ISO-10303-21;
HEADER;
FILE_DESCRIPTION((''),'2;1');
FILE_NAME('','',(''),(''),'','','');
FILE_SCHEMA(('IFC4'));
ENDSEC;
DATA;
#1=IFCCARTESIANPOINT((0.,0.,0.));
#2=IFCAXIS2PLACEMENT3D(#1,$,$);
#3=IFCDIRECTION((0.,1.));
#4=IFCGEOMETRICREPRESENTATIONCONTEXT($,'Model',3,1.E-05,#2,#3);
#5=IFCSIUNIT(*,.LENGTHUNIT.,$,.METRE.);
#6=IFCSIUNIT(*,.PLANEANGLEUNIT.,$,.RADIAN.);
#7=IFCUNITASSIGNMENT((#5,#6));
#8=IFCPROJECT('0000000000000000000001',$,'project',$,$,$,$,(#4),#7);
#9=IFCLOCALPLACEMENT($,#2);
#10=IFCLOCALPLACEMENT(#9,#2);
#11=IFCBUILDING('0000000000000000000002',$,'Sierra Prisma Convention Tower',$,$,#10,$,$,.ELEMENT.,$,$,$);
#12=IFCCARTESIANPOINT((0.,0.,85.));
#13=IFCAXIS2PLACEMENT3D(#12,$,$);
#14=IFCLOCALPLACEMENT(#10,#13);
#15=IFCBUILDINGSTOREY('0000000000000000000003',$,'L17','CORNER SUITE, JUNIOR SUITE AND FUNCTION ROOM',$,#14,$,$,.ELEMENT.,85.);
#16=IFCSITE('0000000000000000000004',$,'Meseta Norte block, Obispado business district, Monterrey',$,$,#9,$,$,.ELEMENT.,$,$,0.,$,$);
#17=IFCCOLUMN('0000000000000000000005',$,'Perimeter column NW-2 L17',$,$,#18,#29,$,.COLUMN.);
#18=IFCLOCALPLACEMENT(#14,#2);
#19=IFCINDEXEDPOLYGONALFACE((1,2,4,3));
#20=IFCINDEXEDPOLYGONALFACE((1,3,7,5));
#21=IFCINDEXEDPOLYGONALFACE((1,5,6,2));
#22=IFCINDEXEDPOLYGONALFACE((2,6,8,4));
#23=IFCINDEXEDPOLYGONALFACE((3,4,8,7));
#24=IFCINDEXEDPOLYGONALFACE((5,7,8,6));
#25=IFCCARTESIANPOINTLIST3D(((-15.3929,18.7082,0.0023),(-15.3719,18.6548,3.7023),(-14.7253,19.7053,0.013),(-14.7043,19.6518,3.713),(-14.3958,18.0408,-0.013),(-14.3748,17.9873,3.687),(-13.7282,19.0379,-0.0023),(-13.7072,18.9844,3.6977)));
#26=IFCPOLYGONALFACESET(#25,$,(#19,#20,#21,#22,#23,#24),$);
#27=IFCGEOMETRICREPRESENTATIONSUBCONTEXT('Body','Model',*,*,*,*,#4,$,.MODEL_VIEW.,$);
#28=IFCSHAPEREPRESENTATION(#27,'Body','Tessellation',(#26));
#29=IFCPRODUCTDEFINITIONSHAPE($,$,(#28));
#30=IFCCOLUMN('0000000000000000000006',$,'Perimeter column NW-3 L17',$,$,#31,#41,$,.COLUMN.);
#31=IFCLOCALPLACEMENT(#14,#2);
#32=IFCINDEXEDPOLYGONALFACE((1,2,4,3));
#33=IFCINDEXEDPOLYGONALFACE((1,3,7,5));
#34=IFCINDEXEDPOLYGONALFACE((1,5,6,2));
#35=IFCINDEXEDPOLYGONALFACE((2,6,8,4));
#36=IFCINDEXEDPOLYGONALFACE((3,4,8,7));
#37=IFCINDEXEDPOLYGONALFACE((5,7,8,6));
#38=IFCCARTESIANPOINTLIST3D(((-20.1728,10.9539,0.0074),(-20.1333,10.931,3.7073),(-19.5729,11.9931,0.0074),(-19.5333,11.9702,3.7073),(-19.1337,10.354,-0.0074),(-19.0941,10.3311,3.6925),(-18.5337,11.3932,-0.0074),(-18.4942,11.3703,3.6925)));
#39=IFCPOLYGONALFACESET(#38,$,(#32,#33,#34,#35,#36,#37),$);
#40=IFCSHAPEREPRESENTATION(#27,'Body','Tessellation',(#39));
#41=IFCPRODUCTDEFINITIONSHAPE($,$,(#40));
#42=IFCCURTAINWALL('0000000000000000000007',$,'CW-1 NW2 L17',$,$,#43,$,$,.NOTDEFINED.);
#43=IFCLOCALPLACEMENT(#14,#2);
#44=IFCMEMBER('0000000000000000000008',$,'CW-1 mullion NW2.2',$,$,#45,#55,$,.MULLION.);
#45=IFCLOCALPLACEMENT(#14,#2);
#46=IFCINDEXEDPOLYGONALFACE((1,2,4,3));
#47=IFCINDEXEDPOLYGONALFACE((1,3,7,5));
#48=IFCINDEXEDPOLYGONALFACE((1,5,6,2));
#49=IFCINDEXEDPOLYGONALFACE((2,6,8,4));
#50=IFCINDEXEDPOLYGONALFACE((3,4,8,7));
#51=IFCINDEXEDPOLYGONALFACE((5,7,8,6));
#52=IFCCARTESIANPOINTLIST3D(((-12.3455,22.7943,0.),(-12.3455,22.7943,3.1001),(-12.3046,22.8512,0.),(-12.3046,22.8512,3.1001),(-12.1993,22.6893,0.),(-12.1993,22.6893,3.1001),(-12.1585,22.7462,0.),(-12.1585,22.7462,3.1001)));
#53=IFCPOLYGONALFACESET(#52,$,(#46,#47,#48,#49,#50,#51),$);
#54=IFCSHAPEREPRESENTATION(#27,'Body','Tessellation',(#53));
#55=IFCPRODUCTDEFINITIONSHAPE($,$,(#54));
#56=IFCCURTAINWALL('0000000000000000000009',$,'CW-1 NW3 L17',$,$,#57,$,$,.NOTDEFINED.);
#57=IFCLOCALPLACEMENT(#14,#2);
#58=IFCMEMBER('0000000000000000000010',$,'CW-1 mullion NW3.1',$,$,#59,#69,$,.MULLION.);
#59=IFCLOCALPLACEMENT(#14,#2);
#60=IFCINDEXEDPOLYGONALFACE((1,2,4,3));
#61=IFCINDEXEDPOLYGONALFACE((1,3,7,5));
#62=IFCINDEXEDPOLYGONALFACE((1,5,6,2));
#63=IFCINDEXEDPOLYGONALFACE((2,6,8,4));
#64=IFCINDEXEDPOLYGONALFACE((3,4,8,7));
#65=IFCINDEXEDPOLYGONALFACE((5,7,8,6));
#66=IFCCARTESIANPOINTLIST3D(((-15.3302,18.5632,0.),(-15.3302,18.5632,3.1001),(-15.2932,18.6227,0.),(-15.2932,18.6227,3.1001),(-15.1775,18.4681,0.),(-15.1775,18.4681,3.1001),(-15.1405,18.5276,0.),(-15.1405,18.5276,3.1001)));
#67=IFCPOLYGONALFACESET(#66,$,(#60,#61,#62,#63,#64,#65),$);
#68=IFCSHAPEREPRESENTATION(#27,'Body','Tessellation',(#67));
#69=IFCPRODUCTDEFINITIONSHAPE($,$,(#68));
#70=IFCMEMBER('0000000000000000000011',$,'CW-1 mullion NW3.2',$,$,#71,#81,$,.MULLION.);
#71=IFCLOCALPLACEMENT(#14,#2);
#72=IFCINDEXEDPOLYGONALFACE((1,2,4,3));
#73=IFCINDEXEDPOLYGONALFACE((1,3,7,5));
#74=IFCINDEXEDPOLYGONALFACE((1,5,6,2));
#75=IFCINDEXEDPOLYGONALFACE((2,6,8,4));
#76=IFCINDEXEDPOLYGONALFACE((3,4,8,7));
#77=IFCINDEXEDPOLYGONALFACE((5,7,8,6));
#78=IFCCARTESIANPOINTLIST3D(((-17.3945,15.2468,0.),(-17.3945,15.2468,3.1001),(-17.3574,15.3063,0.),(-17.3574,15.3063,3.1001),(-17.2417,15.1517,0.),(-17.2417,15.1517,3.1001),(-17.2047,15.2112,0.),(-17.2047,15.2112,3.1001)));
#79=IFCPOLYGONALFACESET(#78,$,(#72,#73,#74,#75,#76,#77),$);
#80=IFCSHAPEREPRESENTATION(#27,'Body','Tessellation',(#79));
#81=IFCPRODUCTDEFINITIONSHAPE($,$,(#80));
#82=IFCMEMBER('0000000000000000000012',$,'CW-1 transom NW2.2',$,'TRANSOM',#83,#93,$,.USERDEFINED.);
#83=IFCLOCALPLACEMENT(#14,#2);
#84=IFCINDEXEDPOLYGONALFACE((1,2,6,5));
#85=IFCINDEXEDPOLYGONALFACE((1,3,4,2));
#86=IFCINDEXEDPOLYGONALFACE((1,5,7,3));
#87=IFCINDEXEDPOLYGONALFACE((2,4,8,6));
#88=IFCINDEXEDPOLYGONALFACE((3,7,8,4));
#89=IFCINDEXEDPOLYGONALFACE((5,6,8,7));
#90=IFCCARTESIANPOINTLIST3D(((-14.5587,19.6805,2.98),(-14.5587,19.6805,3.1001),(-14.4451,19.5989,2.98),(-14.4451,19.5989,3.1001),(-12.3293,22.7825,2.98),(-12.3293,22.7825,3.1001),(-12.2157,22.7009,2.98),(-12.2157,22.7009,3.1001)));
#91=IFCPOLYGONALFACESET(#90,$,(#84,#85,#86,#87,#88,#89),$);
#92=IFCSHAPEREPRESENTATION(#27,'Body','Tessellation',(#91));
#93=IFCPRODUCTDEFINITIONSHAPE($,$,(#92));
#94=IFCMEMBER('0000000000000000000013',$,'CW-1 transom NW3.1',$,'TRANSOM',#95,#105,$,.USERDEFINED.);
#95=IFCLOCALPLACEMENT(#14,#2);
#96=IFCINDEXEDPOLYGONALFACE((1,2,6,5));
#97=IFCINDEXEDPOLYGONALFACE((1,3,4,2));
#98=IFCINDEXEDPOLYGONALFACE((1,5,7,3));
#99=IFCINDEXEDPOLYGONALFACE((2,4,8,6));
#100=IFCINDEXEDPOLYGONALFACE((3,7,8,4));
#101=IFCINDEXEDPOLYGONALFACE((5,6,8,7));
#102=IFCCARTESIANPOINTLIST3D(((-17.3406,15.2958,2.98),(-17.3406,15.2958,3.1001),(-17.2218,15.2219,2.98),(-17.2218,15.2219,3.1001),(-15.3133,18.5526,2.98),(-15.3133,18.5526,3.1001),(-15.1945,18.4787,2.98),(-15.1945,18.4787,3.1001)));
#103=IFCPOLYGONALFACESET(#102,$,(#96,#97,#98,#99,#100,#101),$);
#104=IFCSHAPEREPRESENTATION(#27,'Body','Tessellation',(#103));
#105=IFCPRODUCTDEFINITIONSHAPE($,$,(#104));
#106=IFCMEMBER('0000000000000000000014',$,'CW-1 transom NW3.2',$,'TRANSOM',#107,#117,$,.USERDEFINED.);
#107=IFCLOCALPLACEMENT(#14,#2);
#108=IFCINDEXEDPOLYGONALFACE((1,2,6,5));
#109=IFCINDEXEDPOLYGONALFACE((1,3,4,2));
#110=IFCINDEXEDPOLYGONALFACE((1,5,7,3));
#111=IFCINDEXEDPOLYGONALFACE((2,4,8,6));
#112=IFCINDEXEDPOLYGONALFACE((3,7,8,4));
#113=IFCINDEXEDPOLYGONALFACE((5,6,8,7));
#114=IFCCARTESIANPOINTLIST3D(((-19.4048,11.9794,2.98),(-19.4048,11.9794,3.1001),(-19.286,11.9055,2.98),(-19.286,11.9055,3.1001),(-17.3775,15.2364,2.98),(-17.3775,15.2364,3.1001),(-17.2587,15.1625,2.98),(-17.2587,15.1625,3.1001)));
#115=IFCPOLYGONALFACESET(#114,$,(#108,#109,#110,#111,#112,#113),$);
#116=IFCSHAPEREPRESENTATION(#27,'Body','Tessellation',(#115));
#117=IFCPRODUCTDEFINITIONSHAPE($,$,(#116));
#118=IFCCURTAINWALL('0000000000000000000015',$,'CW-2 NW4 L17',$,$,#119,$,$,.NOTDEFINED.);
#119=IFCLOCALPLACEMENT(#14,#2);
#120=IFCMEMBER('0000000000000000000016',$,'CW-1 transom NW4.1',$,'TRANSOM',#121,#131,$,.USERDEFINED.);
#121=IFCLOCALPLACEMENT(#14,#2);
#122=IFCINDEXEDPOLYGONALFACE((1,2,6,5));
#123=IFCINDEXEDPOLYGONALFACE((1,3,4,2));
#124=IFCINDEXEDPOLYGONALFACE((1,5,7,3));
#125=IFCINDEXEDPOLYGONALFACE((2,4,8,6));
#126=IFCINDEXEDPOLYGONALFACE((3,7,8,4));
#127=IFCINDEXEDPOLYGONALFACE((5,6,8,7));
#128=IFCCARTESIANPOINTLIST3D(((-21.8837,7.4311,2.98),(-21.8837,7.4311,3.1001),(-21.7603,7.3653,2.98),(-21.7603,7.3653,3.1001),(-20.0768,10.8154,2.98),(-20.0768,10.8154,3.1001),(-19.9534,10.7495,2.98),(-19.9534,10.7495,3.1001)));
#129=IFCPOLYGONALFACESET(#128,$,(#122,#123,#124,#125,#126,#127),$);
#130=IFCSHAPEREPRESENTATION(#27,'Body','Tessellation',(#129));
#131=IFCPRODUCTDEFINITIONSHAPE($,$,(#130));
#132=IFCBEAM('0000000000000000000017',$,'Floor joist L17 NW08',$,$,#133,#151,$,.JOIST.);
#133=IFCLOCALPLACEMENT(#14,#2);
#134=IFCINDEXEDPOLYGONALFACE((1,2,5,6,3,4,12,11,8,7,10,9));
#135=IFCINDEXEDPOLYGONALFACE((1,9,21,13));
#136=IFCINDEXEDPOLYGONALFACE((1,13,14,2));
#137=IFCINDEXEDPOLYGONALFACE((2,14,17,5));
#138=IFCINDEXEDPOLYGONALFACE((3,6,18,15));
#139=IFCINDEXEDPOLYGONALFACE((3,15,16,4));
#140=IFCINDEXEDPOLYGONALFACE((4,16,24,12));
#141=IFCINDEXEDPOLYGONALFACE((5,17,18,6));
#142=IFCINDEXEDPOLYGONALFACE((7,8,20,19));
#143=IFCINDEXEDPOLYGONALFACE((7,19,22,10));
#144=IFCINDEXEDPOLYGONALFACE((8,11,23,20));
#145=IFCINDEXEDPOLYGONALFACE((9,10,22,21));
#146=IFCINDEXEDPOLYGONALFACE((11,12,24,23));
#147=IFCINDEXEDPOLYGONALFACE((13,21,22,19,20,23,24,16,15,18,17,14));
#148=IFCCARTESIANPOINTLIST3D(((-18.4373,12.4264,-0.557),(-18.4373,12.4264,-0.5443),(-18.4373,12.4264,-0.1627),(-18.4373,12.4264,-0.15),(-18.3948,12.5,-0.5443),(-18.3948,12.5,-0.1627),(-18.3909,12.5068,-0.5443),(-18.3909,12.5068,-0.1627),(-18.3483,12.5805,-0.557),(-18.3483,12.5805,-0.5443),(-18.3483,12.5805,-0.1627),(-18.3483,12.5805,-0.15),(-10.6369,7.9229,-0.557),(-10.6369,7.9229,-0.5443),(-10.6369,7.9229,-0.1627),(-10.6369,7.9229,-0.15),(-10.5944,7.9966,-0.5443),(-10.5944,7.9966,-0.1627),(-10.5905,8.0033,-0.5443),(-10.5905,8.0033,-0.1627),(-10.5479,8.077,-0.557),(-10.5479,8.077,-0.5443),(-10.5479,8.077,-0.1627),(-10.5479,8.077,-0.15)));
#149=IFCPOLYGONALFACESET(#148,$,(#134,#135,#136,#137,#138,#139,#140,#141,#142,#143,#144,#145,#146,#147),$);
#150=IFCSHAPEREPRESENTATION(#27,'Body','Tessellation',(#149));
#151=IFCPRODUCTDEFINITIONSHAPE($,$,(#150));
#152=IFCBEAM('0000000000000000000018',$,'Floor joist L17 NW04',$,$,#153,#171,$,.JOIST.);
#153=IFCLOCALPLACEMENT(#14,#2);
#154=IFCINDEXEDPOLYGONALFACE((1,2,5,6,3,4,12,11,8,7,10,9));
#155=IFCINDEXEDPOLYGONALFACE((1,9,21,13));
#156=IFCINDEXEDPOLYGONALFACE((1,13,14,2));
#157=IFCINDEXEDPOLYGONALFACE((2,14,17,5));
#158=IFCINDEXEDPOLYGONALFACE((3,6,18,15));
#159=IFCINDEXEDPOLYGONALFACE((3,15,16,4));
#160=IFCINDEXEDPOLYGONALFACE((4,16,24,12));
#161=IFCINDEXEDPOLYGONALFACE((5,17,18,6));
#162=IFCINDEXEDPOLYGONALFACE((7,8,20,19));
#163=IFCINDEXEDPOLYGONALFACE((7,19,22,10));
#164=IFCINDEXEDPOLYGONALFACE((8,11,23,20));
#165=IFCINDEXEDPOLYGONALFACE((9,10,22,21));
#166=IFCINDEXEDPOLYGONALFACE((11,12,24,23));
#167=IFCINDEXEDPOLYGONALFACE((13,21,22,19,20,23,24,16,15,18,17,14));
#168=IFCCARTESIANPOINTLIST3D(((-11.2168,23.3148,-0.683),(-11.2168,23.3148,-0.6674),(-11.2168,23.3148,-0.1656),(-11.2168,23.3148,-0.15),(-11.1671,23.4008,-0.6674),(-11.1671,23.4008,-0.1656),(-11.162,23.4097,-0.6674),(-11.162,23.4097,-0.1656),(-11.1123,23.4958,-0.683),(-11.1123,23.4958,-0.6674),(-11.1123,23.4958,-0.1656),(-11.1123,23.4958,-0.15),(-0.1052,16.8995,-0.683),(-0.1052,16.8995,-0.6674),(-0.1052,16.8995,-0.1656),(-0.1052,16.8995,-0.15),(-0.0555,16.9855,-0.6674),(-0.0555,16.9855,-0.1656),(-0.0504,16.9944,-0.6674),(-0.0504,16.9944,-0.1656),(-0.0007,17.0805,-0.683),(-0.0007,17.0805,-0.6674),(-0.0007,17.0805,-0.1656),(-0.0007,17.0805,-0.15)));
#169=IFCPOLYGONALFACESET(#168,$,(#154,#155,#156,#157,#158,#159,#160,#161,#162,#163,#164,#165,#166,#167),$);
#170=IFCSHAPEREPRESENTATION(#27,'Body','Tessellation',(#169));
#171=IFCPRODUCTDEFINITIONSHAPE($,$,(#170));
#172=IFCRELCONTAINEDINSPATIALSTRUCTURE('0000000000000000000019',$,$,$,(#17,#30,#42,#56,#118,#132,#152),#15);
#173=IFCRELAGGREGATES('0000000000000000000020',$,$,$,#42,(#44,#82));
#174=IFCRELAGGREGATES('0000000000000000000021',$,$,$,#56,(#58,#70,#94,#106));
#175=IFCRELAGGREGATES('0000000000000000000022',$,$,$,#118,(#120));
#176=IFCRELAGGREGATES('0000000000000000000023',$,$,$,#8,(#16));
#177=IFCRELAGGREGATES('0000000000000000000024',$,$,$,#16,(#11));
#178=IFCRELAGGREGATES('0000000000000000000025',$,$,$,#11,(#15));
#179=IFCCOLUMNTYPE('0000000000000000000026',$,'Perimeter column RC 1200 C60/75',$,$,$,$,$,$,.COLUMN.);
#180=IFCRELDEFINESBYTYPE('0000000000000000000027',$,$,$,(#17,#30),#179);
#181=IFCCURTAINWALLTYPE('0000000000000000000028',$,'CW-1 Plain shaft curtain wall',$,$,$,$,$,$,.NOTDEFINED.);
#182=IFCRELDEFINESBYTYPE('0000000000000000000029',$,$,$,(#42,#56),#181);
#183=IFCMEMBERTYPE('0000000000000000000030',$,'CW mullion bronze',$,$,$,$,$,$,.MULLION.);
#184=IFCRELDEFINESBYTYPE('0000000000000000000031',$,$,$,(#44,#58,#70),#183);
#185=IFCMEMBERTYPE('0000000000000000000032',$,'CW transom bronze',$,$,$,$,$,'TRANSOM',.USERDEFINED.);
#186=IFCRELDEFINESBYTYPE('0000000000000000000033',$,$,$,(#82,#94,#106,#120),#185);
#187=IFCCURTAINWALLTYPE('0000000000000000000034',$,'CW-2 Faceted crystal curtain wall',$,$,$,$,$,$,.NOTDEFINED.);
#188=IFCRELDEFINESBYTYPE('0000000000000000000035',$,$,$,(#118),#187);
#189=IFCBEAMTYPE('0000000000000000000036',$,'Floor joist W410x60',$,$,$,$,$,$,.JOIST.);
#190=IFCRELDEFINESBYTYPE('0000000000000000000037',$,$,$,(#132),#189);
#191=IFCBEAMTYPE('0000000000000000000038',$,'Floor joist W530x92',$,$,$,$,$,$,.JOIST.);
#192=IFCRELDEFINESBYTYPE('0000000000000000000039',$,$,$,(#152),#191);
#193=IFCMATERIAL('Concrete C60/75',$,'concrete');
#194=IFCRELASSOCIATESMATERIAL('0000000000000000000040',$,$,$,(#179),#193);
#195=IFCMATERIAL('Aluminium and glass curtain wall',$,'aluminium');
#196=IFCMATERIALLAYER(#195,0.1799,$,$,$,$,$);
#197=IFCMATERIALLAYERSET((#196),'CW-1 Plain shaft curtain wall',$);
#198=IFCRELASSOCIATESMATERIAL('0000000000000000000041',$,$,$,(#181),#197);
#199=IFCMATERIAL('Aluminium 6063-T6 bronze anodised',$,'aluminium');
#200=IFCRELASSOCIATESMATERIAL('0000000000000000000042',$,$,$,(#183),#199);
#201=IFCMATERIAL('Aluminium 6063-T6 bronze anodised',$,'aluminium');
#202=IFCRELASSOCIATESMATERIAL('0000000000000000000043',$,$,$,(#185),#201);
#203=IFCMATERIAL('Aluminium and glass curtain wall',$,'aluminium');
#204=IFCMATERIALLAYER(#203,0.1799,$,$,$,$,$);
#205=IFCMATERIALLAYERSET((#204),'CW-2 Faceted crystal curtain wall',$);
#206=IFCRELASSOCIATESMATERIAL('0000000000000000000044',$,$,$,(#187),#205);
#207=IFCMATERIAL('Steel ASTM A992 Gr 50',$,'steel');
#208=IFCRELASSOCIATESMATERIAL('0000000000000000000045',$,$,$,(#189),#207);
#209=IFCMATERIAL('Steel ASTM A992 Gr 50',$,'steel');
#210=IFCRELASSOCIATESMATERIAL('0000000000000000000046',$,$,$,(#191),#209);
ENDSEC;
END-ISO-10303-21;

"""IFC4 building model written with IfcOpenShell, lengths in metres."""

from ifc_helpers import new_model, si_unit, direction, frame, origin, origin_2d, place, context, subcontext, project, spatial, rectangle, i_section, extrude, material, layer, layer_set, material_profile, profile_set, type_object, element, aggregate, save


model = new_model("IFC4")

# Units and contexts
model_context = context("Model", 3, precision=1e-05, world=origin(), true_north=direction((0.0, 1.0)))
body_context = subcontext(model_context, "Body", "Model", "MODEL_VIEW")
ifc_project = project(units=[si_unit("LENGTHUNIT", "METRE"), si_unit("PLANEANGLEUNIT", "RADIAN")], contexts=[model_context])

# Site, building, storey
site_placement = place(None, origin())
site = spatial("IfcSite", under=ifc_project, at=site_placement, Name="Meseta Norte block, Obispado business district, Monterrey", CompositionType="ELEMENT", RefElevation=0.0)
building_placement = place(site_placement, origin())
building = spatial("IfcBuilding", under=site, at=building_placement, Name="Sierra Prisma Convention Tower", CompositionType="ELEMENT")
storey_placement = place(building_placement, frame((0.0, 0.0, 85.0)))
storey = spatial("IfcBuildingStorey", under=building, at=storey_placement, Name="L17", Description="CORNER SUITE, JUNIOR SUITE AND FUNCTION ROOM", CompositionType="ELEMENT", Elevation=85.0)

# Columns
ifc_material_1 = material(Name="Concrete C60/75", Category="concrete")
ifc_material_profile_1 = material_profile(ifc_material_1, rectangle(XDim=1.2, YDim=1.2, at=origin_2d()), Name="Perimeter column RC 1200 C60/75")
ifc_profile_set_1 = profile_set([ifc_material_profile_1], Name="Concrete C60/75")
column_type = type_object("IfcColumnType", Name="Perimeter column RC 1200 C60/75", PredefinedType="COLUMN", material=ifc_profile_set_1)
column_1_placement = place(storey_placement, frame((-14.5605, 18.873, 0.0), z_axis=(0.005674, -0.014449, 0.99988), x_axis=(0.556321, 0.83092, 0.00885)))
element("IfcColumn", 1, at=column_1_placement, inside=storey, type_object=column_type, Name="Perimeter column NW-2 L17", PredefinedType="COLUMN", context=body_context, shape_type="SweptSolid", body=[
    extrude(rectangle(XDim=1.2, YDim=1.2, at=origin_2d()), origin(), (0.0, 0.0, 1.0), 3.7004),
])
column_2_placement = place(storey_placement, frame((-19.3533, 11.1736, 0.0), z_axis=(0.010689, -0.006202, 0.999924), x_axis=(0.499971, 0.866042, 0.000027)))
element("IfcColumn", 2, at=column_2_placement, inside=storey, type_object=column_type, Name="Perimeter column NW-3 L17", PredefinedType="COLUMN", context=body_context, shape_type="SweptSolid", body=[
    extrude(rectangle(XDim=1.2, YDim=1.2, at=origin_2d()), origin(), (0.0, 0.0, 1.0), 3.7002),
])

# Curtain wall, member
ifc_material_2 = material(Name="Aluminium and glass curtain wall", Category="aluminium")
ifc_layer_1 = layer(ifc_material_2, 0.1799)
ifc_layer_set_1 = layer_set([ifc_layer_1], Name="CW-1 Plain shaft curtain wall")
curtain_wall_type_1 = type_object("IfcCurtainWallType", Name="CW-1 Plain shaft curtain wall", PredefinedType="NOTDEFINED", material=ifc_layer_set_1)
curtain_wall_1_placement = place(storey_placement, origin())
curtain_wall_1 = element("IfcCurtainWall", 3, at=curtain_wall_1_placement, inside=storey, type_object=curtain_wall_type_1, Name="CW-1 NW2 L17", PredefinedType="NOTDEFINED")
ifc_material_3 = material(Name="Aluminium 6063-T6 bronze anodised", Category="aluminium")
ifc_material_profile_2 = material_profile(ifc_material_3, rectangle(XDim=0.1799, YDim=0.0701, at=origin_2d()), Name="ALU MULLION 70x180")
ifc_profile_set_2 = profile_set([ifc_material_profile_2], Name="Aluminium 6063-T6 bronze anodised")
member_type_1 = type_object("IfcMemberType", Name="CW mullion bronze", PredefinedType="MULLION", material=ifc_profile_set_2)
member_1_placement = place(storey_placement, frame((-12.252, 22.7703, 0.0), z_axis=(0.0, 0.0, 1.0), x_axis=(0.812047, -0.583591, 0.0)))
member_1 = element("IfcMember", 4, at=member_1_placement, type_object=member_type_1, Name="CW-1 mullion NW2.2", PredefinedType="MULLION", context=body_context, shape_type="SweptSolid", body=[
    extrude(rectangle(XDim=0.1799, YDim=0.0701, at=origin_2d()), origin(), (0.0, 0.0, 1.0), 3.1001),
])

# Curtain wall, members
curtain_wall_2_placement = place(storey_placement, origin())
curtain_wall_2 = element("IfcCurtainWall", 5, at=curtain_wall_2_placement, inside=storey, type_object=curtain_wall_type_1, Name="CW-1 NW3 L17", PredefinedType="NOTDEFINED")
member_2_placement = place(storey_placement, frame((-15.2354, 18.5454, 0.0), z_axis=(0.0, 0.0, 1.0), x_axis=(0.848961, -0.528456, 0.0)))
member_2 = element("IfcMember", 6, at=member_2_placement, type_object=member_type_1, Name="CW-1 mullion NW3.1", PredefinedType="MULLION", context=body_context, shape_type="SweptSolid", body=[
    extrude(rectangle(XDim=0.1799, YDim=0.0701, at=origin_2d()), origin(), (0.0, 0.0, 1.0), 3.1001),
])
member_3_placement = place(storey_placement, frame((-17.2996, 15.229, 0.0), z_axis=(0.0, 0.0, 1.0), x_axis=(0.848961, -0.528456, 0.0)))
member_3 = element("IfcMember", 7, at=member_3_placement, type_object=member_type_1, Name="CW-1 mullion NW3.2", PredefinedType="MULLION", context=body_context, shape_type="SweptSolid", body=[
    extrude(rectangle(XDim=0.1799, YDim=0.0701, at=origin_2d()), origin(), (0.0, 0.0, 1.0), 3.1001),
])

# Members
ifc_material_4 = material(Name="Aluminium 6063-T6 bronze anodised", Category="aluminium")
ifc_material_profile_3 = material_profile(ifc_material_4, rectangle(XDim=0.1399, YDim=0.1201, at=origin_2d()), Name="ALU TRANSOM 120x140")
ifc_profile_set_3 = profile_set([ifc_material_profile_3], Name="Aluminium 6063-T6 bronze anodised")
member_type_2 = type_object("IfcMemberType", Name="CW transom bronze", ElementType="TRANSOM", PredefinedType="USERDEFINED", material=ifc_profile_set_3)
member_4_placement = place(storey_placement, frame((-12.2725, 22.7417, 3.04), z_axis=(-0.583618, -0.812029, 0.0), x_axis=(0.812029, -0.583618, 0.0)))
member_4 = element("IfcMember", 8, at=member_4_placement, type_object=member_type_2, Name="CW-1 transom NW2.2", ObjectType="TRANSOM", PredefinedType="USERDEFINED", context=body_context, shape_type="SweptSolid", body=[
    extrude(rectangle(XDim=0.1399, YDim=0.1201, at=origin_2d()), origin(), (0.0, 0.0, 1.0), 3.8201),
])
member_5_placement = place(storey_placement, frame((-15.2539, 18.5156, 3.04), z_axis=(-0.528465, -0.848955, 0.0), x_axis=(0.848955, -0.528465, 0.0)))
member_5 = element("IfcMember", 9, at=member_5_placement, type_object=member_type_2, Name="CW-1 transom NW3.1", ObjectType="TRANSOM", PredefinedType="USERDEFINED", context=body_context, shape_type="SweptSolid", body=[
    extrude(rectangle(XDim=0.1399, YDim=0.1201, at=origin_2d()), origin(), (0.0, 0.0, 1.0), 3.8362),
])
member_6_placement = place(storey_placement, frame((-17.3181, 15.1995, 3.04), z_axis=(-0.528436, -0.848973, 0.0), x_axis=(0.848973, -0.528436, 0.0)))
member_6 = element("IfcMember", 10, at=member_6_placement, type_object=member_type_2, Name="CW-1 transom NW3.2", ObjectType="TRANSOM", PredefinedType="USERDEFINED", context=body_context, shape_type="SweptSolid", body=[
    extrude(rectangle(XDim=0.1399, YDim=0.1201, at=origin_2d()), origin(), (0.0, 0.0, 1.0), 3.8364),
])

# Curtain wall, member
ifc_material_5 = material(Name="Aluminium and glass curtain wall", Category="aluminium")
ifc_layer_2 = layer(ifc_material_5, 0.1799)
ifc_layer_set_2 = layer_set([ifc_layer_2], Name="CW-2 Faceted crystal curtain wall")
curtain_wall_type_2 = type_object("IfcCurtainWallType", Name="CW-2 Faceted crystal curtain wall", PredefinedType="NOTDEFINED", material=ifc_layer_set_2)
curtain_wall_3_placement = place(storey_placement, origin())
curtain_wall_3 = element("IfcCurtainWall", 11, at=curtain_wall_3_placement, inside=storey, type_object=curtain_wall_type_2, Name="CW-2 NW4 L17", PredefinedType="NOTDEFINED")
member_7_placement = place(storey_placement, frame((-20.0151, 10.7825, 3.04), z_axis=(-0.470981, -0.882143, 0.0), x_axis=(0.882143, -0.470981, 0.0)))
member_7 = element("IfcMember", 12, at=member_7_placement, type_object=member_type_2, Name="CW-1 transom NW4.1", ObjectType="TRANSOM", PredefinedType="USERDEFINED", context=body_context, shape_type="SweptSolid", body=[
    extrude(rectangle(XDim=0.1399, YDim=0.1201, at=origin_2d()), origin(), (0.0, 0.0, 1.0), 3.8364),
])

# Beams
ifc_material_6 = material(Name="Steel ASTM A992 Gr 50", Category="steel")
ifc_material_profile_4 = material_profile(ifc_material_6, i_section(OverallWidth=0.178, OverallDepth=0.407, WebThickness=0.0078, FlangeThickness=0.0127, at=origin_2d()), Name="W410x60")
ifc_profile_set_4 = profile_set([ifc_material_profile_4], Name="Steel ASTM A992 Gr 50")
beam_type_1 = type_object("IfcBeamType", Name="Floor joist W410x60", PredefinedType="JOIST", material=ifc_profile_set_4)
beam_1_placement = place(storey_placement, frame((-18.3928, 12.5034, -0.3535), z_axis=(0.866029, -0.499993, 0.0), x_axis=(0.499993, 0.866029, 0.0)))
element("IfcBeam", 13, at=beam_1_placement, inside=storey, type_object=beam_type_1, Name="Floor joist L17 NW08", PredefinedType="JOIST", context=body_context, shape_type="SweptSolid", body=[
    extrude(i_section(OverallWidth=0.178, OverallDepth=0.407, WebThickness=0.0078, FlangeThickness=0.0127, at=origin_2d()), origin(), (0.0, 0.0, 1.0), 9.0071),
])
ifc_material_7 = material(Name="Steel ASTM A992 Gr 50", Category="steel")
ifc_material_profile_5 = material_profile(ifc_material_7, i_section(OverallWidth=0.209, OverallDepth=0.533, WebThickness=0.0103, FlangeThickness=0.0156, at=origin_2d()), Name="W530x92")
ifc_profile_set_5 = profile_set([ifc_material_profile_5], Name="Steel ASTM A992 Gr 50")
beam_type_2 = type_object("IfcBeamType", Name="Floor joist W530x92", PredefinedType="JOIST", material=ifc_profile_set_5)
beam_2_placement = place(storey_placement, frame((-11.1646, 23.4053, -0.4165), z_axis=(0.866025, -0.500001, 0.0), x_axis=(0.500001, 0.866025, 0.0)))
element("IfcBeam", 14, at=beam_2_placement, inside=storey, type_object=beam_type_2, Name="Floor joist L17 NW04", PredefinedType="JOIST", context=body_context, shape_type="SweptSolid", body=[
    extrude(i_section(OverallWidth=0.209, OverallDepth=0.533, WebThickness=0.0103, FlangeThickness=0.0156, at=origin_2d()), origin(), (0.0, 0.0, 1.0), 12.8306),
])

aggregate(curtain_wall_1, [member_1, member_4])
aggregate(curtain_wall_2, [member_2, member_3, member_5, member_6])
aggregate(curtain_wall_3, [member_7])

save(model, "model.ifc")
